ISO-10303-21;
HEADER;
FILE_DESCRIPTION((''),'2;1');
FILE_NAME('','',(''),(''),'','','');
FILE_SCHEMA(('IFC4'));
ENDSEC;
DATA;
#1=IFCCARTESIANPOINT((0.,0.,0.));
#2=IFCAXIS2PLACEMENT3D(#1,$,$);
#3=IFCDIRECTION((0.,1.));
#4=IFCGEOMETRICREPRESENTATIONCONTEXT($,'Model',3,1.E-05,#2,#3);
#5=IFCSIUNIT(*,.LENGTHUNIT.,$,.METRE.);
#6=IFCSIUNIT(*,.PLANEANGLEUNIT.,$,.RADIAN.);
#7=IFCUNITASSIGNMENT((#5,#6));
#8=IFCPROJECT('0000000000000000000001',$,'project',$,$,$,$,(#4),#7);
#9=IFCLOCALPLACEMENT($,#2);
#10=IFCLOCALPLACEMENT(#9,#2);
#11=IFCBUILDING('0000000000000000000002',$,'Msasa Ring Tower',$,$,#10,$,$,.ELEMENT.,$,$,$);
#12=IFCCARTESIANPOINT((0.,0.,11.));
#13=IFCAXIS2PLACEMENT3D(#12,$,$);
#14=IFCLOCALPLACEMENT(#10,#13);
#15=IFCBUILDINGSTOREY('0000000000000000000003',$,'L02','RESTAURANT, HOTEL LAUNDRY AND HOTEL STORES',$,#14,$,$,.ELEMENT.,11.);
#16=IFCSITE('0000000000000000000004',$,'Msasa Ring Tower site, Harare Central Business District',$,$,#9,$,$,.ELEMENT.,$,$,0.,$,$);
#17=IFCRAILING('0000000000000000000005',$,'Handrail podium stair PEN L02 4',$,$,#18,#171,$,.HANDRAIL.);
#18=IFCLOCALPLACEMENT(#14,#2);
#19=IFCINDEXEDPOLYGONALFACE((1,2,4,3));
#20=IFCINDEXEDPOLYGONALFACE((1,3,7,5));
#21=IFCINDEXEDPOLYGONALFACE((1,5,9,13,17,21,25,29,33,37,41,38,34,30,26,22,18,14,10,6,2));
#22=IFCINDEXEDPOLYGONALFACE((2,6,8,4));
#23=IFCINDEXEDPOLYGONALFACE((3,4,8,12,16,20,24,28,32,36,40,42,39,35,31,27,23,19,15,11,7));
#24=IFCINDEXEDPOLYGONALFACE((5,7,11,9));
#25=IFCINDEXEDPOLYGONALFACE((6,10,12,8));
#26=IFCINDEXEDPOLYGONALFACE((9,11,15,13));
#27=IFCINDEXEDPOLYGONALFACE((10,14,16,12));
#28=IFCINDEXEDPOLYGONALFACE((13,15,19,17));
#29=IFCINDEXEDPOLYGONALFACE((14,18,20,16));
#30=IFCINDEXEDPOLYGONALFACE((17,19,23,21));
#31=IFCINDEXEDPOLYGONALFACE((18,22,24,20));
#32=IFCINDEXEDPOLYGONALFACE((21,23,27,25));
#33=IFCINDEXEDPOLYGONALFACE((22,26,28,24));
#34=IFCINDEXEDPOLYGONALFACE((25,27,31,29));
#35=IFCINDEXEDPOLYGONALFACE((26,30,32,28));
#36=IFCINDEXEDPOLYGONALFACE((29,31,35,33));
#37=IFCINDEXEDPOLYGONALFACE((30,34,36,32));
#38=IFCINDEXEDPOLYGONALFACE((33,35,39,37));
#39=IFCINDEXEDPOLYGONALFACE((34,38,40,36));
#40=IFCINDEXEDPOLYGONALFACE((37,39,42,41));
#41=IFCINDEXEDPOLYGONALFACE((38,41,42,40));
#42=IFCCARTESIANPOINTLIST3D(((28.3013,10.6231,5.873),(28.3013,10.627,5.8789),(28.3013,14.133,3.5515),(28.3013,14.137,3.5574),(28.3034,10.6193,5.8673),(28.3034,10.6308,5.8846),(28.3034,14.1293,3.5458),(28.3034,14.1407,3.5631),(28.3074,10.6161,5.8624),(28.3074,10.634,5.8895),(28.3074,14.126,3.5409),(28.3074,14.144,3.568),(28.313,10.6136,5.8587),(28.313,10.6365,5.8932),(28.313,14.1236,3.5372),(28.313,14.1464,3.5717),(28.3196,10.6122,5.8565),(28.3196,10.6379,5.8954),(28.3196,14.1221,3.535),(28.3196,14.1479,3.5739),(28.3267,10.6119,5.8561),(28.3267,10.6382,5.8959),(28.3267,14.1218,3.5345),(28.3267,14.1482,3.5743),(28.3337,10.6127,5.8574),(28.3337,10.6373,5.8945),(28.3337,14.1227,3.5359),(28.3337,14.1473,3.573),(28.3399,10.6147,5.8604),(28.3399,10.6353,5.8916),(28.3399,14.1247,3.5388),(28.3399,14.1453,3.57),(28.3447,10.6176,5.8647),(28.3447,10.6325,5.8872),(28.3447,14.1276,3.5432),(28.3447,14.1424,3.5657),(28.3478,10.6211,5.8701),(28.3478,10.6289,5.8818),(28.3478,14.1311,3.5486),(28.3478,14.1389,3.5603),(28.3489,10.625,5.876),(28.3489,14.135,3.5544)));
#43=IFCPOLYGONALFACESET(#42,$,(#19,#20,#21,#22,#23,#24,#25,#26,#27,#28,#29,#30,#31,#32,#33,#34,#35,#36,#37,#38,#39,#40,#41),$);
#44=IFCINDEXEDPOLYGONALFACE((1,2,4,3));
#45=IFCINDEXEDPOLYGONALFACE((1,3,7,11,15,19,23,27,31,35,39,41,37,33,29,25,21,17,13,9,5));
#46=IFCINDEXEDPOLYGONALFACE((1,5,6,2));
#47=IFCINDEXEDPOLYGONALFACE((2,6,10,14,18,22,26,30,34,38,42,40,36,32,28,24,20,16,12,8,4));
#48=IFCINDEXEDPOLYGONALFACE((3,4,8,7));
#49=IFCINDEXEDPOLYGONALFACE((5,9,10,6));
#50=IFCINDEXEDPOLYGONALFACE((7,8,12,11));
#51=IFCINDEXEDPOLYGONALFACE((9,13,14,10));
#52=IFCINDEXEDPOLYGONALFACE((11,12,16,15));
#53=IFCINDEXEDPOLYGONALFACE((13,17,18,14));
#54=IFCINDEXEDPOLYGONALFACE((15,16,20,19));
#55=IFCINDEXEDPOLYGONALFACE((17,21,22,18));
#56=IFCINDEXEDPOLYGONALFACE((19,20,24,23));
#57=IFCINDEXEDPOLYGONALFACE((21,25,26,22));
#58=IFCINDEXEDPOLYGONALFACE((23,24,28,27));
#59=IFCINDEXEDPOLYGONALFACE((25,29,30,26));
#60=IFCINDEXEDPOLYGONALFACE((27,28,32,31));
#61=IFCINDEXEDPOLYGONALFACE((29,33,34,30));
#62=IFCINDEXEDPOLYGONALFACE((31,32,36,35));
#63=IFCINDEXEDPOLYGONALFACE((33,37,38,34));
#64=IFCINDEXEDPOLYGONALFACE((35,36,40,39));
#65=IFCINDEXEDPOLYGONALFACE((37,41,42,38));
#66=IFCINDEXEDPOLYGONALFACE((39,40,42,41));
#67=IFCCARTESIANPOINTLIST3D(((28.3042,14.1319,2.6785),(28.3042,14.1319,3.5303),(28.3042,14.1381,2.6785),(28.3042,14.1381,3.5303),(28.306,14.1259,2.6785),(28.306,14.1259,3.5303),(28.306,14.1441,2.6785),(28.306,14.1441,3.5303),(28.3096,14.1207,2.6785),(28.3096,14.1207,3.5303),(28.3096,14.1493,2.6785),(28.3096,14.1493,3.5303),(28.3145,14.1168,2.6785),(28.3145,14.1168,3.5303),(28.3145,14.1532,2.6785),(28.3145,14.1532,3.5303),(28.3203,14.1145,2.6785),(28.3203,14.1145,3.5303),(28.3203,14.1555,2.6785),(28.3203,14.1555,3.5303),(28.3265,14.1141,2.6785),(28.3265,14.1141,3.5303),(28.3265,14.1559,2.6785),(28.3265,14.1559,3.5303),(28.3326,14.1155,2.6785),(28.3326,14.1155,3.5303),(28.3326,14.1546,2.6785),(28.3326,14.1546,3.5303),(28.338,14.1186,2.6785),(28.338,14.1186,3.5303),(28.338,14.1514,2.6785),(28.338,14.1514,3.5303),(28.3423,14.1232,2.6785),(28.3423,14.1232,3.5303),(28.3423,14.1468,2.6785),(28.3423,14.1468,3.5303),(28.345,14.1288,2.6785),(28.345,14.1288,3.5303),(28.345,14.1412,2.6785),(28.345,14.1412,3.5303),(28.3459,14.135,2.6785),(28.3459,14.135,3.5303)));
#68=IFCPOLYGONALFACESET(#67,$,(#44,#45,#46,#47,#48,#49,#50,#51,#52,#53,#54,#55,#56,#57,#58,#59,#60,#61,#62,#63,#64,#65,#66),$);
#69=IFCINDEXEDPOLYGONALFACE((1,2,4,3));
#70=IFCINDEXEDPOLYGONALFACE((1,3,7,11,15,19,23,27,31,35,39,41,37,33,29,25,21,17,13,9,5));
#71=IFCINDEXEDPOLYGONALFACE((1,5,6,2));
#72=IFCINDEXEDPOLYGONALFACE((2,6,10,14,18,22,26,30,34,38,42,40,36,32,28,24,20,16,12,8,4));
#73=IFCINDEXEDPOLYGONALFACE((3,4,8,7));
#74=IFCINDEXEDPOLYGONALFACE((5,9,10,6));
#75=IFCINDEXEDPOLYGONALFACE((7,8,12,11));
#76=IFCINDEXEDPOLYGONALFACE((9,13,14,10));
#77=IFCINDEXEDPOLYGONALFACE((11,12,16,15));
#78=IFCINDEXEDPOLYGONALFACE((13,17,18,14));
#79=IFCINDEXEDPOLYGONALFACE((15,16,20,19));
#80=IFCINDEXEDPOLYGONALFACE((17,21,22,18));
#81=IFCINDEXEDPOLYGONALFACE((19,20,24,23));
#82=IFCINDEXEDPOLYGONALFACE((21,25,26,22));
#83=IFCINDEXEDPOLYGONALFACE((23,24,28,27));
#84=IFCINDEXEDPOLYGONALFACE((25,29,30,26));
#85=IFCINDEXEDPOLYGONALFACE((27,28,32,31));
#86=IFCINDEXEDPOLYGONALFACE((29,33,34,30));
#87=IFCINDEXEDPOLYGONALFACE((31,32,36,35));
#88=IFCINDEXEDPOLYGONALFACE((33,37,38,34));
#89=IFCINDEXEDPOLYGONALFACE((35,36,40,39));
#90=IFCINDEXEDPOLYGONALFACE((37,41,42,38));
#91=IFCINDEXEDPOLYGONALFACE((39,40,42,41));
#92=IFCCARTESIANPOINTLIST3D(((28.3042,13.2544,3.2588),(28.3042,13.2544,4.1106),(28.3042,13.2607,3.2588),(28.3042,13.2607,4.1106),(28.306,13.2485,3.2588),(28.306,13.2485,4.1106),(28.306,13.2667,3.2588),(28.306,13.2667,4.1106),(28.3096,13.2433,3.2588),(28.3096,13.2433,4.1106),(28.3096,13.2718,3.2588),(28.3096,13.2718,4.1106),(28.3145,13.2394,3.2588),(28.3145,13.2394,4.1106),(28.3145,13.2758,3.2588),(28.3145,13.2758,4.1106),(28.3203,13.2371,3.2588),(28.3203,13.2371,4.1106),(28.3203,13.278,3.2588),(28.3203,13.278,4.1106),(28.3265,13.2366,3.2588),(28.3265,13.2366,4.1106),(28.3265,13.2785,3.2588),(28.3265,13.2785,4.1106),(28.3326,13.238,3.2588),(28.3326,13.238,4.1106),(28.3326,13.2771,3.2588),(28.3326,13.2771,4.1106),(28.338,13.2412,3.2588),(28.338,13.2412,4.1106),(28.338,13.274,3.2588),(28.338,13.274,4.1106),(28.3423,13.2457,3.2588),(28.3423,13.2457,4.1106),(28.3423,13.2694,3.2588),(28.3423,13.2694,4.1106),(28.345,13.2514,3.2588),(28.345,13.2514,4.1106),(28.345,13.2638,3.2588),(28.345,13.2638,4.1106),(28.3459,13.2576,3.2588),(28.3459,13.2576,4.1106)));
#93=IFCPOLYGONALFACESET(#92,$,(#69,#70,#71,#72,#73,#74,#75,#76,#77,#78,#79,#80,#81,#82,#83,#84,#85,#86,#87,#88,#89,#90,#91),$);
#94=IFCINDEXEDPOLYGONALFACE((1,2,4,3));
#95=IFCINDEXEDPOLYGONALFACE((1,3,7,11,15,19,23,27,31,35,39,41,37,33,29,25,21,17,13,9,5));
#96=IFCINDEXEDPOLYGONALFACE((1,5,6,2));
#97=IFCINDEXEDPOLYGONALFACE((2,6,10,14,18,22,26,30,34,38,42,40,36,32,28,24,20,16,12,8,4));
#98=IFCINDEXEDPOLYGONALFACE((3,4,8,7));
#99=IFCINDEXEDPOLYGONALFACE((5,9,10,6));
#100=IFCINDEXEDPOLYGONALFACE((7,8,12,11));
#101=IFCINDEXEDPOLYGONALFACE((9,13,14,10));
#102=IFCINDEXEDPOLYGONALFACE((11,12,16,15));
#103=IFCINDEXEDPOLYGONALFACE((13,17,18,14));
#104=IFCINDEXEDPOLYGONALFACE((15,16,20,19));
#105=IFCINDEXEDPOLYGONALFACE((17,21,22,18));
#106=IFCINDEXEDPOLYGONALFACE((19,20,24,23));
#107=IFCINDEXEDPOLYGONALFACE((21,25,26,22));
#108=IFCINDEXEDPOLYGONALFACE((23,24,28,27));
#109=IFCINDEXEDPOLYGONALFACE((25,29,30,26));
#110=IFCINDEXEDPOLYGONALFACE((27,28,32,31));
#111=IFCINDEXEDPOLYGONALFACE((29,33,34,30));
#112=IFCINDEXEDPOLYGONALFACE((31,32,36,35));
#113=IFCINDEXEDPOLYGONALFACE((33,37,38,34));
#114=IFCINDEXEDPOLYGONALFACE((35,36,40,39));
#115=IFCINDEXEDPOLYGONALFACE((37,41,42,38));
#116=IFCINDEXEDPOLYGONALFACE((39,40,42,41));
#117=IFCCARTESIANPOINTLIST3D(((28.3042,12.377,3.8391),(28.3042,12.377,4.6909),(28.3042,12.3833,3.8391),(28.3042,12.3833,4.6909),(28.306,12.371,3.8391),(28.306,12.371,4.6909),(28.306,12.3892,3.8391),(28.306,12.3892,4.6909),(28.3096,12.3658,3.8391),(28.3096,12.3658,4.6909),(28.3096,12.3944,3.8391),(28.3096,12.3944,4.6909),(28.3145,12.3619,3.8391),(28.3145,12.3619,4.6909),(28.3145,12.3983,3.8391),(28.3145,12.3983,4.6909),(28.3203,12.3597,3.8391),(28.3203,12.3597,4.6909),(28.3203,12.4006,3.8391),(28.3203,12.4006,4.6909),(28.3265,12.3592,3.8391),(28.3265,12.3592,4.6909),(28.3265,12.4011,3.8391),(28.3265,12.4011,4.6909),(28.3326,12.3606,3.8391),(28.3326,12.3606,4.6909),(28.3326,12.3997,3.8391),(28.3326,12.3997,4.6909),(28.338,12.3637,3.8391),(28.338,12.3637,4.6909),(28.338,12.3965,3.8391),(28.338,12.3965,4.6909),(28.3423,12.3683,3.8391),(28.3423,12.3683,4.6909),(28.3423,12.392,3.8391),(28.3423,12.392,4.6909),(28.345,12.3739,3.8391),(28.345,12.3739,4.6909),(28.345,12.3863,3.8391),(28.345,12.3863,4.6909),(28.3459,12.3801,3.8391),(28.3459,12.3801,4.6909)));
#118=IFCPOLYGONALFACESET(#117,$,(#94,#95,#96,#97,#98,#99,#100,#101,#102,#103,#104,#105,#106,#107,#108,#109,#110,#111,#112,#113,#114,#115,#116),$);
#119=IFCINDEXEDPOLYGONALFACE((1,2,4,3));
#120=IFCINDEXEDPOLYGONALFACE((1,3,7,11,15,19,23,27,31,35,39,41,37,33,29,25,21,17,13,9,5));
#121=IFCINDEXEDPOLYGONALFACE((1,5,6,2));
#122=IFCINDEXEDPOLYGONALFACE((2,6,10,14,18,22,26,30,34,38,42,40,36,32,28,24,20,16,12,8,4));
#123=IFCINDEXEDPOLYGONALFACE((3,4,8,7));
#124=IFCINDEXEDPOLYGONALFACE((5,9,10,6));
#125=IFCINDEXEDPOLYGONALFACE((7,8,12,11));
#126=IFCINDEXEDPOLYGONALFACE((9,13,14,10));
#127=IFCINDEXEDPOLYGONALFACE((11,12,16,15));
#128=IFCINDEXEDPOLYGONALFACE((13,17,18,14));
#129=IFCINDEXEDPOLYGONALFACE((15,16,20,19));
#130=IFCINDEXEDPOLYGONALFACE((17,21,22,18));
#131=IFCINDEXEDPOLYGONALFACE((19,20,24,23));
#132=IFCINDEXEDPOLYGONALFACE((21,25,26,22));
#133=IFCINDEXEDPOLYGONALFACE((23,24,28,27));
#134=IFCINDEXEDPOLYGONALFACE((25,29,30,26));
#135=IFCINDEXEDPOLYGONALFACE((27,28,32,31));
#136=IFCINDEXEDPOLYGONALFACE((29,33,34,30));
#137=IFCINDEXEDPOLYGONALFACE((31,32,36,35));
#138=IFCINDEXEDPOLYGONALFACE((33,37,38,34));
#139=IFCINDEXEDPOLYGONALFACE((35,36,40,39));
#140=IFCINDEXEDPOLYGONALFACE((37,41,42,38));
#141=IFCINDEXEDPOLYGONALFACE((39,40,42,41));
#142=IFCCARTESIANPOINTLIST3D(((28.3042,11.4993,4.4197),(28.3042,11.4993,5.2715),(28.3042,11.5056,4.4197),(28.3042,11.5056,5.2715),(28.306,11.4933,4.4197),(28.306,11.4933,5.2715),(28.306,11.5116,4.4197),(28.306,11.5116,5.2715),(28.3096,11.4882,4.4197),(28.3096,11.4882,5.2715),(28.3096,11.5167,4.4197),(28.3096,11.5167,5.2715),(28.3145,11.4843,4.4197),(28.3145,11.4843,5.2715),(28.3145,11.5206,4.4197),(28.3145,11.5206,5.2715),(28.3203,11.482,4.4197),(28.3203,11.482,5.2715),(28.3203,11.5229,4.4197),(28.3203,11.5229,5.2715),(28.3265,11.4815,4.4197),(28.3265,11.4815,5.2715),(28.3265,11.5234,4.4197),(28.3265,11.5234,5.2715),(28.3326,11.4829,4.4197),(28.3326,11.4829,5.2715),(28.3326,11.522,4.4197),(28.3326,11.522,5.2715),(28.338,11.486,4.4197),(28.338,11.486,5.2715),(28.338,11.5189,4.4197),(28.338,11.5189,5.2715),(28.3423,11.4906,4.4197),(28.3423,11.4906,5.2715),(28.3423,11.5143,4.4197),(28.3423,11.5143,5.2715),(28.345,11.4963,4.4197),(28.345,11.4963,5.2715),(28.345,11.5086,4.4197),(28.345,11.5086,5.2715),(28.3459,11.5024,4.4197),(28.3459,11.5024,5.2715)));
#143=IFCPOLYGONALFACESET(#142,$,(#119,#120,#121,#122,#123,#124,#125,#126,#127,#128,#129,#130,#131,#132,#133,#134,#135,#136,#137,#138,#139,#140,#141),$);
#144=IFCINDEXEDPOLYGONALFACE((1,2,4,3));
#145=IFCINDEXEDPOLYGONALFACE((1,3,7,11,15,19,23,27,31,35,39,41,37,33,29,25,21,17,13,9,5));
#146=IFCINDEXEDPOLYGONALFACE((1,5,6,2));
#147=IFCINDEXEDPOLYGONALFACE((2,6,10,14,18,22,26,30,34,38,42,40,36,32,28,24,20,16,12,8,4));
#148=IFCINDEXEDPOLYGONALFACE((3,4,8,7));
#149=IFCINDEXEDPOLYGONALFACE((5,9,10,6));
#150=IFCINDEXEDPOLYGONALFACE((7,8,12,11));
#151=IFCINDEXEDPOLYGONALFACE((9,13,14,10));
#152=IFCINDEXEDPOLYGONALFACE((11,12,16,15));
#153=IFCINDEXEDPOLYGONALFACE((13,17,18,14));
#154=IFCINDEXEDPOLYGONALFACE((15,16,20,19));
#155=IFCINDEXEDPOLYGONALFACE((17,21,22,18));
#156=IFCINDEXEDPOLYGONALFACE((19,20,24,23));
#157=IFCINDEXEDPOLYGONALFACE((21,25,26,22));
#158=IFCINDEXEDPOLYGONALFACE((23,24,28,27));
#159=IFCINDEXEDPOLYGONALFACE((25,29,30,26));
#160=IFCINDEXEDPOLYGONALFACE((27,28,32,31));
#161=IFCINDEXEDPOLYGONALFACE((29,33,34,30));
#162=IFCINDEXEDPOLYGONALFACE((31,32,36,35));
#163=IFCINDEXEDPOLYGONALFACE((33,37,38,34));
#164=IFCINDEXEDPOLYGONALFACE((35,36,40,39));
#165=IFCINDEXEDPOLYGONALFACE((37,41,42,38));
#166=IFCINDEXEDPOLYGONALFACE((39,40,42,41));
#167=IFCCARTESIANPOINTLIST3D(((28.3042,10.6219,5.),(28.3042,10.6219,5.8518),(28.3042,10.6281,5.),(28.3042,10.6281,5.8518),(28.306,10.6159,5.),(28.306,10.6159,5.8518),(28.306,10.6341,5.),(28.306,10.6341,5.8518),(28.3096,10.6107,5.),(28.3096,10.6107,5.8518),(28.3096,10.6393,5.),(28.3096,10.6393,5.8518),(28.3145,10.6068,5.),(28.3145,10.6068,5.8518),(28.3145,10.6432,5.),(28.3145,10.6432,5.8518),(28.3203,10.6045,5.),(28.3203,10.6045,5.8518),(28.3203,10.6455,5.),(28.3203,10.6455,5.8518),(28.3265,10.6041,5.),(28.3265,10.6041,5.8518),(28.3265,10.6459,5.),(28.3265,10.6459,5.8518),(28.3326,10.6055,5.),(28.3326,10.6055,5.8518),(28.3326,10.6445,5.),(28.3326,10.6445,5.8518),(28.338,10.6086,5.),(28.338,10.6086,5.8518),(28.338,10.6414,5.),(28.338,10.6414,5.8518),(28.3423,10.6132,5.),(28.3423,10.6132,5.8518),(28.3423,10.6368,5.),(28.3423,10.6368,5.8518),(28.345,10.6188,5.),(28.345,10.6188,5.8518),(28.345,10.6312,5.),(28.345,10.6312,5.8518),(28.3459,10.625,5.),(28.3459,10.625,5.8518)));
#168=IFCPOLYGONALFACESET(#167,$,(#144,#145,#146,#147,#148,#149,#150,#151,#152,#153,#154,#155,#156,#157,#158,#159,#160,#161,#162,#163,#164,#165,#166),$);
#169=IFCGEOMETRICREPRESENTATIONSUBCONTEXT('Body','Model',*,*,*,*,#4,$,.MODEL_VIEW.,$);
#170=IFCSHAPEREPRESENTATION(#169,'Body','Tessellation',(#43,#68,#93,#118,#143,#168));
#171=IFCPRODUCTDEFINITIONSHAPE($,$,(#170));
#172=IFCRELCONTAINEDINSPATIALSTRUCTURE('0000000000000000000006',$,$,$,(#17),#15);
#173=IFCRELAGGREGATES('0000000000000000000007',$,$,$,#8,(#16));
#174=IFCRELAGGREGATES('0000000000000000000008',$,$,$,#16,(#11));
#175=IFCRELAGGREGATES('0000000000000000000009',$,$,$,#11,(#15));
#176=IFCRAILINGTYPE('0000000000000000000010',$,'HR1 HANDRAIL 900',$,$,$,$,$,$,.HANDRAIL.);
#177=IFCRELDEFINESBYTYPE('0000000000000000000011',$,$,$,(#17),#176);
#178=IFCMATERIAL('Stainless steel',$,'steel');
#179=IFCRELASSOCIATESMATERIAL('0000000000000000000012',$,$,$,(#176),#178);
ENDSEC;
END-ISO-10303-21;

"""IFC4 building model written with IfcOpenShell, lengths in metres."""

from ifc_helpers import new_model, si_unit, direction, frame, origin, origin_2d, place, context, subcontext, project, spatial, circle, extrude, material, type_object, element, save


model = new_model("IFC4")

# Units and contexts
model_context = context("Model", 3, precision=1e-05, world=origin(), true_north=direction((0.0, 1.0)))
body_context = subcontext(model_context, "Body", "Model", "MODEL_VIEW")
ifc_project = project(units=[si_unit("LENGTHUNIT", "METRE"), si_unit("PLANEANGLEUNIT", "RADIAN")], contexts=[model_context])

# Site, building, storey
site_placement = place(None, origin())
site = spatial("IfcSite", under=ifc_project, at=site_placement, Name="Msasa Ring Tower site, Harare Central Business District", CompositionType="ELEMENT", RefElevation=0.0)
building_placement = place(site_placement, origin())
building = spatial("IfcBuilding", under=site, at=building_placement, Name="Msasa Ring Tower", CompositionType="ELEMENT")
storey_placement = place(building_placement, frame((0.0, 0.0, 11.0)))
storey = spatial("IfcBuildingStorey", under=building, at=storey_placement, Name="L02", Description="RESTAURANT, HOTEL LAUNDRY AND HOTEL STORES", CompositionType="ELEMENT", Elevation=11.0)

# Railing
ifc_material_1 = material(Name="Stainless steel", Category="steel")
railing_type = type_object("IfcRailingType", Name="HR1 HANDRAIL 900", PredefinedType="HANDRAIL", material=ifc_material_1)
for number, where, name in (
    (1, (28.325, 14.135, 2.6785), "Handrail podium stair PEN L02 4"),
):
    element("IfcRailing", number, at=place(storey_placement, frame(where)), inside=storey, type_object=railing_type, Name=name, PredefinedType="HANDRAIL", context=body_context, shape_type="SweptSolid", body=[
        extrude(circle(Radius=0.0239, at=origin_2d()), frame((0.0, 0.0, 0.876), z_axis=(0.0, -0.834071, 0.551657), x_axis=(1.0, 0.0, 0.0)), (0.0, 0.0, 1.0), 4.2083),
        extrude(circle(Radius=0.021, at=origin_2d()), origin(), (0.0, 0.0, 1.0), 0.8518),
        extrude(circle(Radius=0.021, at=origin_2d()), frame((0.0, -0.8774, 0.5803)), (0.0, 0.0, 1.0), 0.8518),
        extrude(circle(Radius=0.021, at=origin_2d()), frame((0.0, -1.7549, 1.1606)), (0.0, 0.0, 1.0), 0.8518),
        extrude(circle(Radius=0.021, at=origin_2d()), frame((0.0, -2.6326, 1.7412)), (0.0, 0.0, 1.0), 0.8518),
        extrude(circle(Radius=0.021, at=origin_2d()), frame((0.0, -3.51, 2.3215)), (0.0, 0.0, 1.0), 0.8518),
    ])

save(model, "model.ifc")
